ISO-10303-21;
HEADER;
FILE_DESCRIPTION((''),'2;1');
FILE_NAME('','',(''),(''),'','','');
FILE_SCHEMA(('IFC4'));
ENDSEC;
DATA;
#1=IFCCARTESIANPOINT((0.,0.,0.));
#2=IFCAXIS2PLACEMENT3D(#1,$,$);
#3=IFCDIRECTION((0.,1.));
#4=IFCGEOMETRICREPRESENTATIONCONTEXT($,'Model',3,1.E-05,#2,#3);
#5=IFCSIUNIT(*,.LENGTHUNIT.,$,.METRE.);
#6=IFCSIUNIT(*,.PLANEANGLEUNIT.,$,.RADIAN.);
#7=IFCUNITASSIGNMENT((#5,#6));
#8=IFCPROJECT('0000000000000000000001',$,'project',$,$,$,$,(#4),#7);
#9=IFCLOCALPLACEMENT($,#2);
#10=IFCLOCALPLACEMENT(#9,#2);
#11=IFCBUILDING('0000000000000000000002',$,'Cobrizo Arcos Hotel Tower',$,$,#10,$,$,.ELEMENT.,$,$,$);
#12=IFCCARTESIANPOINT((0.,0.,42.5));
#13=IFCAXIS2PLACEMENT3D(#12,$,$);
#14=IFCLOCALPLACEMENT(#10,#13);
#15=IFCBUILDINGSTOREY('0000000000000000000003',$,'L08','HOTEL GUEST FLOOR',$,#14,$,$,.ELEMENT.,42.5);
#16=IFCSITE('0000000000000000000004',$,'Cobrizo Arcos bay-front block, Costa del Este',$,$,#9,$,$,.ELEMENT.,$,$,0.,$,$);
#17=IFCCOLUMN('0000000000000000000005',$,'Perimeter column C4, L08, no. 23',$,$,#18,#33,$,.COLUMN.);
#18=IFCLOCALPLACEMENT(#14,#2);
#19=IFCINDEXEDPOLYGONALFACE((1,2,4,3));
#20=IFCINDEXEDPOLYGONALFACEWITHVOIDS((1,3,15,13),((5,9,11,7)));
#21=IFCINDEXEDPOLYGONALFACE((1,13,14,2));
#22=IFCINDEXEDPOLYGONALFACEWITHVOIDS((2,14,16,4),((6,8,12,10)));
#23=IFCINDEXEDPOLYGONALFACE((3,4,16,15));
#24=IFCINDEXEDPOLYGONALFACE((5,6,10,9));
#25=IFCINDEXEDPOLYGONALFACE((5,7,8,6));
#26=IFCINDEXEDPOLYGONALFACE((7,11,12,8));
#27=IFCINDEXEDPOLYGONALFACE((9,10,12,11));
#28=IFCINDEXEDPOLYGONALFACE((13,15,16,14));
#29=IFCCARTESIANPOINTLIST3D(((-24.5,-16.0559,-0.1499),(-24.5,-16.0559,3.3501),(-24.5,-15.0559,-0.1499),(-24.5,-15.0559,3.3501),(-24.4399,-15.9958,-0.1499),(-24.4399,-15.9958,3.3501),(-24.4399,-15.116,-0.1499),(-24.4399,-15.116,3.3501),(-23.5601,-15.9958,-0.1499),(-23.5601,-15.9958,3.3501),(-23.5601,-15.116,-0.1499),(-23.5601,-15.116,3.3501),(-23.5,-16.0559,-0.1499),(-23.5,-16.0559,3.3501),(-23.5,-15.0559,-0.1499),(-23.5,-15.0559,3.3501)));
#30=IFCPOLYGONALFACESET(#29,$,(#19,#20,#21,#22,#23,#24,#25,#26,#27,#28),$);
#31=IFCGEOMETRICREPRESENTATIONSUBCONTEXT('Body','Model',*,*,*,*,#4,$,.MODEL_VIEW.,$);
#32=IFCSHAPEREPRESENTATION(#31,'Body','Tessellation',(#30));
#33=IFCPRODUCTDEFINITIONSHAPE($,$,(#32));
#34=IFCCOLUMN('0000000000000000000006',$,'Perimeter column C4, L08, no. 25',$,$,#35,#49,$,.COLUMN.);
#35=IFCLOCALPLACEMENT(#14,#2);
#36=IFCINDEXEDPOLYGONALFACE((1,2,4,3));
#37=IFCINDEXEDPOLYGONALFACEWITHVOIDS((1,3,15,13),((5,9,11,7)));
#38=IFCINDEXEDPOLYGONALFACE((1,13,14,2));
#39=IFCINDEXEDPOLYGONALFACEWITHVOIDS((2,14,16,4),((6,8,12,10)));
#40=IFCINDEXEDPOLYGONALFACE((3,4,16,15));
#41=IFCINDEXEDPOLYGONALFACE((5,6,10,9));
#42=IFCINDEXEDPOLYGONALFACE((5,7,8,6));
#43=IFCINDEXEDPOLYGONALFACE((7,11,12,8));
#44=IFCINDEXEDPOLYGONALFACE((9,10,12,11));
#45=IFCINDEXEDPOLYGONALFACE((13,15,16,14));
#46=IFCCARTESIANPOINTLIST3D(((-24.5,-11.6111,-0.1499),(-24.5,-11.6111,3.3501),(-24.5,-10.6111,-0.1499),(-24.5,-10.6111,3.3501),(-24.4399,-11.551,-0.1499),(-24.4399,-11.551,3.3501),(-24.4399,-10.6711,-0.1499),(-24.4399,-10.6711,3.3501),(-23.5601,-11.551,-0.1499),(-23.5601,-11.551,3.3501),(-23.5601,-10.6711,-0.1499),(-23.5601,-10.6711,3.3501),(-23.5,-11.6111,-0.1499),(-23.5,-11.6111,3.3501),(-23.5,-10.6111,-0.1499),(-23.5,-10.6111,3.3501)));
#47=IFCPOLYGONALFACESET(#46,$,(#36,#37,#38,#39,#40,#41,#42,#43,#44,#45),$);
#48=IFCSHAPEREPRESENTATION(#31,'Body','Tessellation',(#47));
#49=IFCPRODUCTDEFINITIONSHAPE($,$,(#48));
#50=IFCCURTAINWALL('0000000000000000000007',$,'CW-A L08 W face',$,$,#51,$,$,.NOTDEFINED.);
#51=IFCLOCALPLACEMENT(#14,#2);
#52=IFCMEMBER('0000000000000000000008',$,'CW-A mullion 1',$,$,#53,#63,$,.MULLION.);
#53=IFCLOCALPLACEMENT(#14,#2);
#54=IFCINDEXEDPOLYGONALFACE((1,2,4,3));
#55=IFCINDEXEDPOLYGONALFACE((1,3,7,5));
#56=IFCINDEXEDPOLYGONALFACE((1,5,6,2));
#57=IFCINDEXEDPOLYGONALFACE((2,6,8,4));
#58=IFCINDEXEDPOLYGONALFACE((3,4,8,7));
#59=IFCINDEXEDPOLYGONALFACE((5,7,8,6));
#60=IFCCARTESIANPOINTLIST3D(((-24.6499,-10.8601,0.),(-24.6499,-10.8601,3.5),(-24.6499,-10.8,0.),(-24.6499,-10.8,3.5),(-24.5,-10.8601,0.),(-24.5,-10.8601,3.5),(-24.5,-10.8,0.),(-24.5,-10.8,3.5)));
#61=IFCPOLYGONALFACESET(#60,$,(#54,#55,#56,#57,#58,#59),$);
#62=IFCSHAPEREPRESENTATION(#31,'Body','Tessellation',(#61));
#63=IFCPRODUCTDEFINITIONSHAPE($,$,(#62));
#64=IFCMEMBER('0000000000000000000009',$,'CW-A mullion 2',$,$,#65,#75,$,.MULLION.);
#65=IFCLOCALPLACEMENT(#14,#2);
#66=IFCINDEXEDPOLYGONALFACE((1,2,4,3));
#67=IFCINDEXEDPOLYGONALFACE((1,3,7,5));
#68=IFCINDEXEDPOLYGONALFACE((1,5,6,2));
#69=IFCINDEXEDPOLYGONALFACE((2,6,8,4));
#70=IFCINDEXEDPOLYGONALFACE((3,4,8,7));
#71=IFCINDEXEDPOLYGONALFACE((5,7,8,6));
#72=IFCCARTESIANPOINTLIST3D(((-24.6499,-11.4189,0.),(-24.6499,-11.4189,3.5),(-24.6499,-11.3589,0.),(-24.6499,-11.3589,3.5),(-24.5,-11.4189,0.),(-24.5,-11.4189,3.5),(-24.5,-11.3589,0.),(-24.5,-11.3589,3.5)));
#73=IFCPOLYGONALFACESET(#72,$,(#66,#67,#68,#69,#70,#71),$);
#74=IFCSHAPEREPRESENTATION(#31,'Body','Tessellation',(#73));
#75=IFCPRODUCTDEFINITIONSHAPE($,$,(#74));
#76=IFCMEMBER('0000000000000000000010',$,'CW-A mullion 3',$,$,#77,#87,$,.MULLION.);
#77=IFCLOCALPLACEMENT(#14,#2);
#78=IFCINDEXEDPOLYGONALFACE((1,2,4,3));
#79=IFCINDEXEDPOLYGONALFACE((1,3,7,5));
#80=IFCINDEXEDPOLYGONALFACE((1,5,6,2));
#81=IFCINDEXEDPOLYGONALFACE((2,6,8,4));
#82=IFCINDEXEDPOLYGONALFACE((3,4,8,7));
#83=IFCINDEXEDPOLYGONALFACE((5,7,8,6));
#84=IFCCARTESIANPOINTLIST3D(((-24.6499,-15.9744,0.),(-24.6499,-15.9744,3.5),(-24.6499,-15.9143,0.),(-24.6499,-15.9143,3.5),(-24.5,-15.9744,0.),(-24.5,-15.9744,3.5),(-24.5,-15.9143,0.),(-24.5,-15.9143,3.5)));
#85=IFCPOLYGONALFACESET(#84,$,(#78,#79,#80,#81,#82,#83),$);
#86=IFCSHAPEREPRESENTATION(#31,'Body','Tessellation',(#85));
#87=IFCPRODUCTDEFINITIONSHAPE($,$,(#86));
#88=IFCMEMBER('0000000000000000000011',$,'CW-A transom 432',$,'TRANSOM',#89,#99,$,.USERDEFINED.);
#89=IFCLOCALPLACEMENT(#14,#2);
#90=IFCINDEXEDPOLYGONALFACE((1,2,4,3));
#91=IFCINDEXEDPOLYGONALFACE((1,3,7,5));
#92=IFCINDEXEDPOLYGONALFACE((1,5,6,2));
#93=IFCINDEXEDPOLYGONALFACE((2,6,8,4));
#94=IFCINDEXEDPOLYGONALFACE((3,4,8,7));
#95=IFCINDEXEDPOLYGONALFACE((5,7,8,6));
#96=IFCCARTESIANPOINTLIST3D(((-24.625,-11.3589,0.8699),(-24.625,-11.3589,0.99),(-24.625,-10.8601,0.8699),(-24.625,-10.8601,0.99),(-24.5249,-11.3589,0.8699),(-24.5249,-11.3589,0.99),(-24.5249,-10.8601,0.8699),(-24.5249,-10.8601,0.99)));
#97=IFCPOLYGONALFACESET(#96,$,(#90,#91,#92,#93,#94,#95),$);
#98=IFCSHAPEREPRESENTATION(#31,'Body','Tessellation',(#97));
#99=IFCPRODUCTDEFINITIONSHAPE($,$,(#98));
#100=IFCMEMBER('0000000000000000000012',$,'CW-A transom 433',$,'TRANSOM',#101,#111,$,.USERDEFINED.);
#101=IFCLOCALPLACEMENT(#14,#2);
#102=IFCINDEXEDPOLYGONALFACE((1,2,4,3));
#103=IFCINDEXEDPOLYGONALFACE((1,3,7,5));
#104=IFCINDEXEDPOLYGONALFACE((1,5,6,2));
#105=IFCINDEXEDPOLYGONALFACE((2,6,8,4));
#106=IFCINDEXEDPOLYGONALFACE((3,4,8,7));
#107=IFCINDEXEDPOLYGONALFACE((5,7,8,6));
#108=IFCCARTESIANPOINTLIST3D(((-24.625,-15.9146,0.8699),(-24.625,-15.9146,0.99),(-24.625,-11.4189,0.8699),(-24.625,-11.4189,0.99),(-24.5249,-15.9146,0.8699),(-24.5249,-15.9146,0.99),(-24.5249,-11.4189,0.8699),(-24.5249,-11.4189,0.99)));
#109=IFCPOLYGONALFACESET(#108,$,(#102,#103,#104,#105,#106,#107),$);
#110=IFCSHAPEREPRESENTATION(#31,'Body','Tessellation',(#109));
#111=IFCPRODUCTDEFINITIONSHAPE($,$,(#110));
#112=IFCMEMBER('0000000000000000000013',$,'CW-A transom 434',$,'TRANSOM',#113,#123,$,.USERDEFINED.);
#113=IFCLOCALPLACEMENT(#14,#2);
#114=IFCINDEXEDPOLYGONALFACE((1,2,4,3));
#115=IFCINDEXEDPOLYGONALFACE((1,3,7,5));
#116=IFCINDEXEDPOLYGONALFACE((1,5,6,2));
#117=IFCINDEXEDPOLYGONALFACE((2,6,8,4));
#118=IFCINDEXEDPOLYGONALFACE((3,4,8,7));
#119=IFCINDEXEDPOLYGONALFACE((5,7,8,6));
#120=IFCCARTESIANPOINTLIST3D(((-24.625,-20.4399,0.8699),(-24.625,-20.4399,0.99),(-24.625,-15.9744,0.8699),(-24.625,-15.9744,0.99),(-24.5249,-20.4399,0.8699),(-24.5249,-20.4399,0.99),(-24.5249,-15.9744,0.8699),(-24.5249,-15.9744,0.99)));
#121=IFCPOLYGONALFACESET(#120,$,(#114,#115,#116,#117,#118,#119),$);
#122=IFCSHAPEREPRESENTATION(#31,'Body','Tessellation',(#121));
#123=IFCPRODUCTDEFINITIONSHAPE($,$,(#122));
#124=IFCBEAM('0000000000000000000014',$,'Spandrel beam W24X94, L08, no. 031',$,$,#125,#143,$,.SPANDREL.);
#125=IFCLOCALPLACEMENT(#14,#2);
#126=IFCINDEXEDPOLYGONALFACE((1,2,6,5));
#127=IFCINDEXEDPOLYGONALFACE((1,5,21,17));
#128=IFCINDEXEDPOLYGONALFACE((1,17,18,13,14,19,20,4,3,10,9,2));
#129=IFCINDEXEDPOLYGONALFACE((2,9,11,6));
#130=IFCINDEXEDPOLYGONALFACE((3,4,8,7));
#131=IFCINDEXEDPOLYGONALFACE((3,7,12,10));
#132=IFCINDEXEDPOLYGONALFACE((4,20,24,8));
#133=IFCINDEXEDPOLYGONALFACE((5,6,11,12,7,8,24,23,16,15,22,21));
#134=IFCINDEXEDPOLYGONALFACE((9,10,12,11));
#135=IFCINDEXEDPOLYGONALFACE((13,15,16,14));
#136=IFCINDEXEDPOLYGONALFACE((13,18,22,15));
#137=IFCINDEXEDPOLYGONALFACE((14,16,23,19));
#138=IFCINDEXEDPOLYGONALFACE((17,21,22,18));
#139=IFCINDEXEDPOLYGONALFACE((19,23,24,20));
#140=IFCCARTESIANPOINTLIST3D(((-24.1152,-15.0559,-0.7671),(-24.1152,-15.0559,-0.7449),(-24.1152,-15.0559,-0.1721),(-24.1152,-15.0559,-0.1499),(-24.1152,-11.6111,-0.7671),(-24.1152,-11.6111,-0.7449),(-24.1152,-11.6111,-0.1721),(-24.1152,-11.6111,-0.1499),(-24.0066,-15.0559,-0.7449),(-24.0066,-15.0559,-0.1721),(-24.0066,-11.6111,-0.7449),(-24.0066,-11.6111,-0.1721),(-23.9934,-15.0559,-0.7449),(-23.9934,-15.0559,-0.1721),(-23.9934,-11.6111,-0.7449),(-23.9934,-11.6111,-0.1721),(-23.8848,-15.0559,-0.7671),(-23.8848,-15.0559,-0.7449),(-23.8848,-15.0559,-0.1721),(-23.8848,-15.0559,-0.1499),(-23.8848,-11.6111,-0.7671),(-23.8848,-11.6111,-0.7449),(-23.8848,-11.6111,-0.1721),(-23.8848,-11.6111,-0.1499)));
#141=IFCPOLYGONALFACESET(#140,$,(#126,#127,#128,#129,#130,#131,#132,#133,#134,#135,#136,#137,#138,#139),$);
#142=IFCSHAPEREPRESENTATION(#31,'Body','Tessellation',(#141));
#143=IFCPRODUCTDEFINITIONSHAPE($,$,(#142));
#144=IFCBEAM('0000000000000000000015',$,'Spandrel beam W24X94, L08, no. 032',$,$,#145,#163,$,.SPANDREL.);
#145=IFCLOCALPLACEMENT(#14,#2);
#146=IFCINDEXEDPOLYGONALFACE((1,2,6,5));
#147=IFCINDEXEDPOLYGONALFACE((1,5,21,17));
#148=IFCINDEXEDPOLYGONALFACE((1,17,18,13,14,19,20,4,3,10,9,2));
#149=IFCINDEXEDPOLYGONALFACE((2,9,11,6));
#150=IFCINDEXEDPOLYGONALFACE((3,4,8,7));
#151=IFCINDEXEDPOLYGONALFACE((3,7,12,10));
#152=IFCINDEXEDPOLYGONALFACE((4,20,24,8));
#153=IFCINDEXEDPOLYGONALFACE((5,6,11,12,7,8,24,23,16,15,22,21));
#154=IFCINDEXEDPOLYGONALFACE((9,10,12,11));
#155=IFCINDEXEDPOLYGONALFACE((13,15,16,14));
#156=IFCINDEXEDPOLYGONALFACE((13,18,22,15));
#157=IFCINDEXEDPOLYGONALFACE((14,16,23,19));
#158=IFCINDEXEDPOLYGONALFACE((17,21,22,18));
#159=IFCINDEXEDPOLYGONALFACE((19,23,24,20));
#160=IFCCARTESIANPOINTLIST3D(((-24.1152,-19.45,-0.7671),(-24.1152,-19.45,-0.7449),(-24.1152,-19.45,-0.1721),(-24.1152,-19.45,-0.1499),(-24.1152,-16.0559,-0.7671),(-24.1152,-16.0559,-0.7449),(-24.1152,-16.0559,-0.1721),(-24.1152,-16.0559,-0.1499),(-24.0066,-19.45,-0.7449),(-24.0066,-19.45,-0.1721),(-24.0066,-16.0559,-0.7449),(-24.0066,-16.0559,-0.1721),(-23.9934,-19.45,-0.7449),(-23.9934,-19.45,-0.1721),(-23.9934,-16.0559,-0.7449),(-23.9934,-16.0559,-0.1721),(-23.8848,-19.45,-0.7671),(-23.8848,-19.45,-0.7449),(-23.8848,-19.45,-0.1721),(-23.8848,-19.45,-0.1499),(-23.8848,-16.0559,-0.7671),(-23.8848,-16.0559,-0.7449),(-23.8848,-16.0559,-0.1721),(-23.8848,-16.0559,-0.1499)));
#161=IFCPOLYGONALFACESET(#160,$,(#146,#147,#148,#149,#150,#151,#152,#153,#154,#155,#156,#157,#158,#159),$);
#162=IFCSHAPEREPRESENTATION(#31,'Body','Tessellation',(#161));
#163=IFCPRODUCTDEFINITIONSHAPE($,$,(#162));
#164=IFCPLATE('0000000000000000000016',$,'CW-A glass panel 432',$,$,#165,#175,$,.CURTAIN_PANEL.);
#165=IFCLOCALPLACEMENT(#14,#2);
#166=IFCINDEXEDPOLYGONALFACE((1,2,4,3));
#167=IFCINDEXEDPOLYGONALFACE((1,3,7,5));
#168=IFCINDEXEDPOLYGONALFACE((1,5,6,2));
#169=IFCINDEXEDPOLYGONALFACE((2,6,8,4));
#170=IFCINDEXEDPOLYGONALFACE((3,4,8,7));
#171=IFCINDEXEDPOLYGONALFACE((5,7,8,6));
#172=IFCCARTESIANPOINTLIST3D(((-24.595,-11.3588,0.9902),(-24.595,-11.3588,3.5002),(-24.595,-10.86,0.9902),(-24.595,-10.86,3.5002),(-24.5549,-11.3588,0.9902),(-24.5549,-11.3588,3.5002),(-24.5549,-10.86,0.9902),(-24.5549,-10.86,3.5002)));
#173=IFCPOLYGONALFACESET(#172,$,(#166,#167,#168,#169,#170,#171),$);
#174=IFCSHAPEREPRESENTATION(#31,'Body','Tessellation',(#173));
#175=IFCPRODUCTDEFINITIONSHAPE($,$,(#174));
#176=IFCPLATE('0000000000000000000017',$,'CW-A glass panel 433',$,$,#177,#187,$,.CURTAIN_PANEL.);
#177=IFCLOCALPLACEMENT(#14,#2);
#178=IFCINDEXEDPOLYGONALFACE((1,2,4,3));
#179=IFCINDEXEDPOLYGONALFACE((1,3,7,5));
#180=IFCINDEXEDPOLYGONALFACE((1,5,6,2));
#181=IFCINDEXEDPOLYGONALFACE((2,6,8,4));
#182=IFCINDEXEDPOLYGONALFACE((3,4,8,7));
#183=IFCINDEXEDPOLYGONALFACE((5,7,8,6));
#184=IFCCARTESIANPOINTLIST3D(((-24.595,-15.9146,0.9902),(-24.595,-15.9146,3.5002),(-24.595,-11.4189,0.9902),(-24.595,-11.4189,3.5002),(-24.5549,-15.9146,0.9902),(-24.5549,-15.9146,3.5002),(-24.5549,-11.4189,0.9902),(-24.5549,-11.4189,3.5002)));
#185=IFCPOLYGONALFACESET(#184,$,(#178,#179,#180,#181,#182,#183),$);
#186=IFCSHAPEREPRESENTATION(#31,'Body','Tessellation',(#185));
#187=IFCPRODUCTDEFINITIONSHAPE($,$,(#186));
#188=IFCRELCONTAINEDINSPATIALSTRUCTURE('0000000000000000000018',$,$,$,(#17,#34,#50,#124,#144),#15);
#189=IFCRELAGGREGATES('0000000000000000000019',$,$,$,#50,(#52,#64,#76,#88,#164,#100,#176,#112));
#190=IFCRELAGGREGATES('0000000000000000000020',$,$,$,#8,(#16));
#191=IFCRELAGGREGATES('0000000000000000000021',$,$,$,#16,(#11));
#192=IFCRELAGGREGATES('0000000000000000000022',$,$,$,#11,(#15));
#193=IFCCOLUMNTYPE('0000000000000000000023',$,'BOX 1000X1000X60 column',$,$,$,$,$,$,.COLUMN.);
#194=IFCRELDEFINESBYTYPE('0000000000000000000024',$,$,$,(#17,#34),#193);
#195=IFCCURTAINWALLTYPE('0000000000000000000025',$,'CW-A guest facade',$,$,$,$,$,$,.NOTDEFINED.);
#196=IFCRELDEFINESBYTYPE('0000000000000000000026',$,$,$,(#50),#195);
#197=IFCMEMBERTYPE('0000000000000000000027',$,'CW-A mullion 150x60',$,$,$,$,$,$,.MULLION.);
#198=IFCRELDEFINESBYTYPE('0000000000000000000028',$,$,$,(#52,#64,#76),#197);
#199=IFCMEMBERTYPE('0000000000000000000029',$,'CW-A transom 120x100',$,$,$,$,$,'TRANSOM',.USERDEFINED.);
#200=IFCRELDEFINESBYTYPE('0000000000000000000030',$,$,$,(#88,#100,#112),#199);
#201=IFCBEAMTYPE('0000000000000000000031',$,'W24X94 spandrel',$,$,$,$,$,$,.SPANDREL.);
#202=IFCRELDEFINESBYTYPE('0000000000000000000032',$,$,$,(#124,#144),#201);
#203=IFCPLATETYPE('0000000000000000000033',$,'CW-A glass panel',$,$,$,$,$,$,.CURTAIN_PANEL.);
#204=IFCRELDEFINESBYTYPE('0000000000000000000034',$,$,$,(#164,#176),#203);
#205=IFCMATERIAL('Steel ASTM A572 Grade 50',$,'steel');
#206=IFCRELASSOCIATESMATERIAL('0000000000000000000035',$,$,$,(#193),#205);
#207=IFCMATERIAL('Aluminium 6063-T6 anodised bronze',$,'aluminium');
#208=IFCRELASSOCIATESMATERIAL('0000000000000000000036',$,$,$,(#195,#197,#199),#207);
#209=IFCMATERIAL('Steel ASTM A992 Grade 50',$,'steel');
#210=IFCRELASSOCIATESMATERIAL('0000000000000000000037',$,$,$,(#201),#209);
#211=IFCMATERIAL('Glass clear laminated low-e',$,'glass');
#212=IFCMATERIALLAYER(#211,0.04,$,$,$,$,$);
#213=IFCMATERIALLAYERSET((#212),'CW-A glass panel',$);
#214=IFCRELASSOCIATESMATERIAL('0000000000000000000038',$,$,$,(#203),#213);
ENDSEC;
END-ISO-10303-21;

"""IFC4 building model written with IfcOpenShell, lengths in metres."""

from ifc_helpers import new_model, si_unit, direction, frame, origin, origin_2d, place, context, subcontext, project, spatial, rectangle, hollow_rectangle, i_section, extrude, material, layer, layer_set, material_profile, profile_set, type_object, element, aggregate, save


model = new_model("IFC4")

# Units and contexts
model_context = context("Model", 3, precision=1e-05, world=origin(), true_north=direction((0.0, 1.0)))
body_context = subcontext(model_context, "Body", "Model", "MODEL_VIEW")
ifc_project = project(units=[si_unit("LENGTHUNIT", "METRE"), si_unit("PLANEANGLEUNIT", "RADIAN")], contexts=[model_context])

# Site, building, storey
site_placement = place(None, origin())
site = spatial("IfcSite", under=ifc_project, at=site_placement, Name="Cobrizo Arcos bay-front block, Costa del Este", CompositionType="ELEMENT", RefElevation=0.0)
building_placement = place(site_placement, origin())
building = spatial("IfcBuilding", under=site, at=building_placement, Name="Cobrizo Arcos Hotel Tower", CompositionType="ELEMENT")
storey_placement = place(building_placement, frame((0.0, 0.0, 42.5)))
storey = spatial("IfcBuildingStorey", under=building, at=storey_placement, Name="L08", Description="HOTEL GUEST FLOOR", CompositionType="ELEMENT", Elevation=42.5)

# Columns
ifc_material_1 = material(Name="Steel ASTM A572 Grade 50", Category="steel")
ifc_material_profile_1 = material_profile(ifc_material_1, hollow_rectangle(XDim=1.0, YDim=1.0, WallThickness=0.0601, at=origin_2d()), Name="BOX 1000X1000X60")
ifc_profile_set_1 = profile_set([ifc_material_profile_1], Name="Steel ASTM A572 Grade 50")
column_type = type_object("IfcColumnType", Name="BOX 1000X1000X60 column", PredefinedType="COLUMN", material=ifc_profile_set_1)
for number, where, z_axis, x_axis, name in (
    (1, (-24.0, -15.5559, -0.1499), (0.0, 0.0, 1.0), (1.0, 0.0, 0.0), "Perimeter column C4, L08, no. 23"),
    (2, (-24.0, -11.1111, -0.1499), (0.0, 0.0, 1.0), (1.0, 0.0, 0.0), "Perimeter column C4, L08, no. 25"),
):
    element("IfcColumn", number, at=place(storey_placement, frame(where, z_axis=z_axis, x_axis=x_axis)), inside=storey, type_object=column_type, Name=name, PredefinedType="COLUMN", context=body_context, shape_type="SweptSolid", body=[
        extrude(hollow_rectangle(XDim=1.0, YDim=1.0, WallThickness=0.0601, at=origin_2d()), origin(), (0.0, 0.0, 1.0), 3.5),
    ])

# Curtain wall, members
ifc_material_2 = material(Name="Aluminium 6063-T6 anodised bronze", Category="aluminium")
curtain_wall_type = type_object("IfcCurtainWallType", Name="CW-A guest facade", PredefinedType="NOTDEFINED", material=ifc_material_2)
curtain_wall_placement = place(storey_placement, origin())
curtain_wall = element("IfcCurtainWall", 3, at=curtain_wall_placement, inside=storey, type_object=curtain_wall_type, Name="CW-A L08 W face", PredefinedType="NOTDEFINED")
ifc_material_profile_2 = material_profile(ifc_material_2, rectangle(XDim=0.1499, YDim=0.0601, at=origin_2d()), Name="CW-A mullion 150x60")
ifc_profile_set_2 = profile_set([ifc_material_profile_2], Name="Aluminium 6063-T6 anodised bronze")
member_type_1 = type_object("IfcMemberType", Name="CW-A mullion 150x60", PredefinedType="MULLION", material=ifc_profile_set_2)
member_1_placement = place(storey_placement, frame((-24.575, -10.8301, 0.0), z_axis=(0.0, 0.0, 1.0), x_axis=(-1.0, 0.0, 0.0)))
member_1 = element("IfcMember", 4, at=member_1_placement, type_object=member_type_1, Name="CW-A mullion 1", PredefinedType="MULLION", context=body_context, shape_type="SweptSolid", body=[
    extrude(rectangle(XDim=0.1499, YDim=0.0601, at=origin_2d()), origin(), (0.0, 0.0, 1.0), 3.5),
])
member_2_placement = place(storey_placement, frame((-24.575, -11.3889, 0.0), z_axis=(0.0, 0.0, 1.0), x_axis=(-1.0, 0.0, 0.0)))
member_2 = element("IfcMember", 5, at=member_2_placement, type_object=member_type_1, Name="CW-A mullion 2", PredefinedType="MULLION", context=body_context, shape_type="SweptSolid", body=[
    extrude(rectangle(XDim=0.1499, YDim=0.0601, at=origin_2d()), origin(), (0.0, 0.0, 1.0), 3.5),
])
member_3_placement = place(storey_placement, frame((-24.575, -15.9443, 0.0), z_axis=(0.0, 0.0, 1.0), x_axis=(-1.0, 0.0, 0.0)))
member_3 = element("IfcMember", 6, at=member_3_placement, type_object=member_type_1, Name="CW-A mullion 3", PredefinedType="MULLION", context=body_context, shape_type="SweptSolid", body=[
    extrude(rectangle(XDim=0.1499, YDim=0.0601, at=origin_2d()), origin(), (0.0, 0.0, 1.0), 3.5),
])
ifc_material_profile_3 = material_profile(ifc_material_2, rectangle(XDim=0.1001, YDim=0.1201, at=origin_2d()), Name="CW-A transom 120x100")
ifc_profile_set_3 = profile_set([ifc_material_profile_3], Name="Aluminium 6063-T6 anodised bronze")
member_type_2 = type_object("IfcMemberType", Name="CW-A transom 120x100", ElementType="TRANSOM", PredefinedType="USERDEFINED", material=ifc_profile_set_3)
member_4_placement = place(storey_placement, frame((-24.575, -10.8601, 0.9299), z_axis=(0.0, -1.0, 0.0), x_axis=(1.0, 0.0, 0.0)))
member_4 = element("IfcMember", 7, at=member_4_placement, type_object=member_type_2, Name="CW-A transom 432", ObjectType="TRANSOM", PredefinedType="USERDEFINED", context=body_context, shape_type="SweptSolid", body=[
    extrude(rectangle(XDim=0.1001, YDim=0.1201, at=origin_2d()), origin(), (0.0, 0.0, 1.0), 0.4988),
])
member_5_placement = place(storey_placement, frame((-24.575, -11.4189, 0.9299), z_axis=(0.0, -1.0, 0.0), x_axis=(1.0, 0.0, 0.0)))
member_5 = element("IfcMember", 8, at=member_5_placement, type_object=member_type_2, Name="CW-A transom 433", ObjectType="TRANSOM", PredefinedType="USERDEFINED", context=body_context, shape_type="SweptSolid", body=[
    extrude(rectangle(XDim=0.1001, YDim=0.1201, at=origin_2d()), origin(), (0.0, 0.0, 1.0), 4.4956),
])
member_6_placement = place(storey_placement, frame((-24.575, -15.9744, 0.9299), z_axis=(0.0, -1.0, 0.0), x_axis=(1.0, 0.0, 0.0)))
member_6 = element("IfcMember", 9, at=member_6_placement, type_object=member_type_2, Name="CW-A transom 434", ObjectType="TRANSOM", PredefinedType="USERDEFINED", context=body_context, shape_type="SweptSolid", body=[
    extrude(rectangle(XDim=0.1001, YDim=0.1201, at=origin_2d()), origin(), (0.0, 0.0, 1.0), 4.4656),
])

# Beams
ifc_material_3 = material(Name="Steel ASTM A992 Grade 50", Category="steel")
ifc_material_profile_4 = material_profile(ifc_material_3, i_section(OverallWidth=0.2305, OverallDepth=0.6172, WebThickness=0.0132, FlangeThickness=0.0222, at=origin_2d()), Name="W24X94")
ifc_profile_set_4 = profile_set([ifc_material_profile_4], Name="Steel ASTM A992 Grade 50")
beam_type = type_object("IfcBeamType", Name="W24X94 spandrel", PredefinedType="SPANDREL", material=ifc_profile_set_4)
beam_1_placement = place(storey_placement, frame((-24.0, -11.6111, -0.4585), z_axis=(0.0, -1.0, 0.0), x_axis=(1.0, 0.0, 0.0)))
element("IfcBeam", 10, at=beam_1_placement, inside=storey, type_object=beam_type, Name="Spandrel beam W24X94, L08, no. 031", PredefinedType="SPANDREL", context=body_context, shape_type="SweptSolid", body=[
    extrude(i_section(OverallWidth=0.2305, OverallDepth=0.6172, WebThickness=0.0132, FlangeThickness=0.0222, at=origin_2d()), origin(), (0.0, 0.0, 1.0), 3.4448),
])
beam_2_placement = place(storey_placement, frame((-24.0, -16.0559, -0.4585), z_axis=(0.0, -1.0, 0.0), x_axis=(1.0, 0.0, 0.0)))
element("IfcBeam", 11, at=beam_2_placement, inside=storey, type_object=beam_type, Name="Spandrel beam W24X94, L08, no. 032", PredefinedType="SPANDREL", context=body_context, shape_type="SweptSolid", body=[
    extrude(i_section(OverallWidth=0.2305, OverallDepth=0.6172, WebThickness=0.0132, FlangeThickness=0.0222, at=origin_2d()), origin(), (0.0, 0.0, 1.0), 3.394),
])

# Plates
ifc_material_4 = material(Name="Glass clear laminated low-e", Category="glass")
ifc_layer_1 = layer(ifc_material_4, 0.04)
ifc_layer_set_1 = layer_set([ifc_layer_1], Name="CW-A glass panel")
plate_type_1 = type_object("IfcPlateType", Name="CW-A glass panel", PredefinedType="CURTAIN_PANEL", material=ifc_layer_set_1)
plate_1_placement = place(storey_placement, frame((-24.575, -11.1094, 0.9902), z_axis=(0.0, 0.0, 1.0), x_axis=(0.0, -1.0, 0.0)))
plate_1 = element("IfcPlate", 12, at=plate_1_placement, type_object=plate_type_1, Name="CW-A glass panel 432", PredefinedType="CURTAIN_PANEL", context=body_context, shape_type="SweptSolid", body=[
    extrude(rectangle(XDim=0.4988, YDim=0.04, at=origin_2d()), origin(), (0.0, 0.0, 1.0), 2.51),
])
plate_2_placement = place(storey_placement, frame((-24.575, -13.6667, 0.9902), z_axis=(0.0, 0.0, 1.0), x_axis=(0.0, -1.0, 0.0)))
plate_2 = element("IfcPlate", 13, at=plate_2_placement, type_object=plate_type_1, Name="CW-A glass panel 433", PredefinedType="CURTAIN_PANEL", context=body_context, shape_type="SweptSolid", body=[
    extrude(rectangle(XDim=4.4956, YDim=0.04, at=origin_2d()), origin(), (0.0, 0.0, 1.0), 2.51),
])
aggregate(curtain_wall, [member_1, member_2, member_3, member_4, plate_1, member_5, plate_2, member_6])

save(model, "model.ifc")
